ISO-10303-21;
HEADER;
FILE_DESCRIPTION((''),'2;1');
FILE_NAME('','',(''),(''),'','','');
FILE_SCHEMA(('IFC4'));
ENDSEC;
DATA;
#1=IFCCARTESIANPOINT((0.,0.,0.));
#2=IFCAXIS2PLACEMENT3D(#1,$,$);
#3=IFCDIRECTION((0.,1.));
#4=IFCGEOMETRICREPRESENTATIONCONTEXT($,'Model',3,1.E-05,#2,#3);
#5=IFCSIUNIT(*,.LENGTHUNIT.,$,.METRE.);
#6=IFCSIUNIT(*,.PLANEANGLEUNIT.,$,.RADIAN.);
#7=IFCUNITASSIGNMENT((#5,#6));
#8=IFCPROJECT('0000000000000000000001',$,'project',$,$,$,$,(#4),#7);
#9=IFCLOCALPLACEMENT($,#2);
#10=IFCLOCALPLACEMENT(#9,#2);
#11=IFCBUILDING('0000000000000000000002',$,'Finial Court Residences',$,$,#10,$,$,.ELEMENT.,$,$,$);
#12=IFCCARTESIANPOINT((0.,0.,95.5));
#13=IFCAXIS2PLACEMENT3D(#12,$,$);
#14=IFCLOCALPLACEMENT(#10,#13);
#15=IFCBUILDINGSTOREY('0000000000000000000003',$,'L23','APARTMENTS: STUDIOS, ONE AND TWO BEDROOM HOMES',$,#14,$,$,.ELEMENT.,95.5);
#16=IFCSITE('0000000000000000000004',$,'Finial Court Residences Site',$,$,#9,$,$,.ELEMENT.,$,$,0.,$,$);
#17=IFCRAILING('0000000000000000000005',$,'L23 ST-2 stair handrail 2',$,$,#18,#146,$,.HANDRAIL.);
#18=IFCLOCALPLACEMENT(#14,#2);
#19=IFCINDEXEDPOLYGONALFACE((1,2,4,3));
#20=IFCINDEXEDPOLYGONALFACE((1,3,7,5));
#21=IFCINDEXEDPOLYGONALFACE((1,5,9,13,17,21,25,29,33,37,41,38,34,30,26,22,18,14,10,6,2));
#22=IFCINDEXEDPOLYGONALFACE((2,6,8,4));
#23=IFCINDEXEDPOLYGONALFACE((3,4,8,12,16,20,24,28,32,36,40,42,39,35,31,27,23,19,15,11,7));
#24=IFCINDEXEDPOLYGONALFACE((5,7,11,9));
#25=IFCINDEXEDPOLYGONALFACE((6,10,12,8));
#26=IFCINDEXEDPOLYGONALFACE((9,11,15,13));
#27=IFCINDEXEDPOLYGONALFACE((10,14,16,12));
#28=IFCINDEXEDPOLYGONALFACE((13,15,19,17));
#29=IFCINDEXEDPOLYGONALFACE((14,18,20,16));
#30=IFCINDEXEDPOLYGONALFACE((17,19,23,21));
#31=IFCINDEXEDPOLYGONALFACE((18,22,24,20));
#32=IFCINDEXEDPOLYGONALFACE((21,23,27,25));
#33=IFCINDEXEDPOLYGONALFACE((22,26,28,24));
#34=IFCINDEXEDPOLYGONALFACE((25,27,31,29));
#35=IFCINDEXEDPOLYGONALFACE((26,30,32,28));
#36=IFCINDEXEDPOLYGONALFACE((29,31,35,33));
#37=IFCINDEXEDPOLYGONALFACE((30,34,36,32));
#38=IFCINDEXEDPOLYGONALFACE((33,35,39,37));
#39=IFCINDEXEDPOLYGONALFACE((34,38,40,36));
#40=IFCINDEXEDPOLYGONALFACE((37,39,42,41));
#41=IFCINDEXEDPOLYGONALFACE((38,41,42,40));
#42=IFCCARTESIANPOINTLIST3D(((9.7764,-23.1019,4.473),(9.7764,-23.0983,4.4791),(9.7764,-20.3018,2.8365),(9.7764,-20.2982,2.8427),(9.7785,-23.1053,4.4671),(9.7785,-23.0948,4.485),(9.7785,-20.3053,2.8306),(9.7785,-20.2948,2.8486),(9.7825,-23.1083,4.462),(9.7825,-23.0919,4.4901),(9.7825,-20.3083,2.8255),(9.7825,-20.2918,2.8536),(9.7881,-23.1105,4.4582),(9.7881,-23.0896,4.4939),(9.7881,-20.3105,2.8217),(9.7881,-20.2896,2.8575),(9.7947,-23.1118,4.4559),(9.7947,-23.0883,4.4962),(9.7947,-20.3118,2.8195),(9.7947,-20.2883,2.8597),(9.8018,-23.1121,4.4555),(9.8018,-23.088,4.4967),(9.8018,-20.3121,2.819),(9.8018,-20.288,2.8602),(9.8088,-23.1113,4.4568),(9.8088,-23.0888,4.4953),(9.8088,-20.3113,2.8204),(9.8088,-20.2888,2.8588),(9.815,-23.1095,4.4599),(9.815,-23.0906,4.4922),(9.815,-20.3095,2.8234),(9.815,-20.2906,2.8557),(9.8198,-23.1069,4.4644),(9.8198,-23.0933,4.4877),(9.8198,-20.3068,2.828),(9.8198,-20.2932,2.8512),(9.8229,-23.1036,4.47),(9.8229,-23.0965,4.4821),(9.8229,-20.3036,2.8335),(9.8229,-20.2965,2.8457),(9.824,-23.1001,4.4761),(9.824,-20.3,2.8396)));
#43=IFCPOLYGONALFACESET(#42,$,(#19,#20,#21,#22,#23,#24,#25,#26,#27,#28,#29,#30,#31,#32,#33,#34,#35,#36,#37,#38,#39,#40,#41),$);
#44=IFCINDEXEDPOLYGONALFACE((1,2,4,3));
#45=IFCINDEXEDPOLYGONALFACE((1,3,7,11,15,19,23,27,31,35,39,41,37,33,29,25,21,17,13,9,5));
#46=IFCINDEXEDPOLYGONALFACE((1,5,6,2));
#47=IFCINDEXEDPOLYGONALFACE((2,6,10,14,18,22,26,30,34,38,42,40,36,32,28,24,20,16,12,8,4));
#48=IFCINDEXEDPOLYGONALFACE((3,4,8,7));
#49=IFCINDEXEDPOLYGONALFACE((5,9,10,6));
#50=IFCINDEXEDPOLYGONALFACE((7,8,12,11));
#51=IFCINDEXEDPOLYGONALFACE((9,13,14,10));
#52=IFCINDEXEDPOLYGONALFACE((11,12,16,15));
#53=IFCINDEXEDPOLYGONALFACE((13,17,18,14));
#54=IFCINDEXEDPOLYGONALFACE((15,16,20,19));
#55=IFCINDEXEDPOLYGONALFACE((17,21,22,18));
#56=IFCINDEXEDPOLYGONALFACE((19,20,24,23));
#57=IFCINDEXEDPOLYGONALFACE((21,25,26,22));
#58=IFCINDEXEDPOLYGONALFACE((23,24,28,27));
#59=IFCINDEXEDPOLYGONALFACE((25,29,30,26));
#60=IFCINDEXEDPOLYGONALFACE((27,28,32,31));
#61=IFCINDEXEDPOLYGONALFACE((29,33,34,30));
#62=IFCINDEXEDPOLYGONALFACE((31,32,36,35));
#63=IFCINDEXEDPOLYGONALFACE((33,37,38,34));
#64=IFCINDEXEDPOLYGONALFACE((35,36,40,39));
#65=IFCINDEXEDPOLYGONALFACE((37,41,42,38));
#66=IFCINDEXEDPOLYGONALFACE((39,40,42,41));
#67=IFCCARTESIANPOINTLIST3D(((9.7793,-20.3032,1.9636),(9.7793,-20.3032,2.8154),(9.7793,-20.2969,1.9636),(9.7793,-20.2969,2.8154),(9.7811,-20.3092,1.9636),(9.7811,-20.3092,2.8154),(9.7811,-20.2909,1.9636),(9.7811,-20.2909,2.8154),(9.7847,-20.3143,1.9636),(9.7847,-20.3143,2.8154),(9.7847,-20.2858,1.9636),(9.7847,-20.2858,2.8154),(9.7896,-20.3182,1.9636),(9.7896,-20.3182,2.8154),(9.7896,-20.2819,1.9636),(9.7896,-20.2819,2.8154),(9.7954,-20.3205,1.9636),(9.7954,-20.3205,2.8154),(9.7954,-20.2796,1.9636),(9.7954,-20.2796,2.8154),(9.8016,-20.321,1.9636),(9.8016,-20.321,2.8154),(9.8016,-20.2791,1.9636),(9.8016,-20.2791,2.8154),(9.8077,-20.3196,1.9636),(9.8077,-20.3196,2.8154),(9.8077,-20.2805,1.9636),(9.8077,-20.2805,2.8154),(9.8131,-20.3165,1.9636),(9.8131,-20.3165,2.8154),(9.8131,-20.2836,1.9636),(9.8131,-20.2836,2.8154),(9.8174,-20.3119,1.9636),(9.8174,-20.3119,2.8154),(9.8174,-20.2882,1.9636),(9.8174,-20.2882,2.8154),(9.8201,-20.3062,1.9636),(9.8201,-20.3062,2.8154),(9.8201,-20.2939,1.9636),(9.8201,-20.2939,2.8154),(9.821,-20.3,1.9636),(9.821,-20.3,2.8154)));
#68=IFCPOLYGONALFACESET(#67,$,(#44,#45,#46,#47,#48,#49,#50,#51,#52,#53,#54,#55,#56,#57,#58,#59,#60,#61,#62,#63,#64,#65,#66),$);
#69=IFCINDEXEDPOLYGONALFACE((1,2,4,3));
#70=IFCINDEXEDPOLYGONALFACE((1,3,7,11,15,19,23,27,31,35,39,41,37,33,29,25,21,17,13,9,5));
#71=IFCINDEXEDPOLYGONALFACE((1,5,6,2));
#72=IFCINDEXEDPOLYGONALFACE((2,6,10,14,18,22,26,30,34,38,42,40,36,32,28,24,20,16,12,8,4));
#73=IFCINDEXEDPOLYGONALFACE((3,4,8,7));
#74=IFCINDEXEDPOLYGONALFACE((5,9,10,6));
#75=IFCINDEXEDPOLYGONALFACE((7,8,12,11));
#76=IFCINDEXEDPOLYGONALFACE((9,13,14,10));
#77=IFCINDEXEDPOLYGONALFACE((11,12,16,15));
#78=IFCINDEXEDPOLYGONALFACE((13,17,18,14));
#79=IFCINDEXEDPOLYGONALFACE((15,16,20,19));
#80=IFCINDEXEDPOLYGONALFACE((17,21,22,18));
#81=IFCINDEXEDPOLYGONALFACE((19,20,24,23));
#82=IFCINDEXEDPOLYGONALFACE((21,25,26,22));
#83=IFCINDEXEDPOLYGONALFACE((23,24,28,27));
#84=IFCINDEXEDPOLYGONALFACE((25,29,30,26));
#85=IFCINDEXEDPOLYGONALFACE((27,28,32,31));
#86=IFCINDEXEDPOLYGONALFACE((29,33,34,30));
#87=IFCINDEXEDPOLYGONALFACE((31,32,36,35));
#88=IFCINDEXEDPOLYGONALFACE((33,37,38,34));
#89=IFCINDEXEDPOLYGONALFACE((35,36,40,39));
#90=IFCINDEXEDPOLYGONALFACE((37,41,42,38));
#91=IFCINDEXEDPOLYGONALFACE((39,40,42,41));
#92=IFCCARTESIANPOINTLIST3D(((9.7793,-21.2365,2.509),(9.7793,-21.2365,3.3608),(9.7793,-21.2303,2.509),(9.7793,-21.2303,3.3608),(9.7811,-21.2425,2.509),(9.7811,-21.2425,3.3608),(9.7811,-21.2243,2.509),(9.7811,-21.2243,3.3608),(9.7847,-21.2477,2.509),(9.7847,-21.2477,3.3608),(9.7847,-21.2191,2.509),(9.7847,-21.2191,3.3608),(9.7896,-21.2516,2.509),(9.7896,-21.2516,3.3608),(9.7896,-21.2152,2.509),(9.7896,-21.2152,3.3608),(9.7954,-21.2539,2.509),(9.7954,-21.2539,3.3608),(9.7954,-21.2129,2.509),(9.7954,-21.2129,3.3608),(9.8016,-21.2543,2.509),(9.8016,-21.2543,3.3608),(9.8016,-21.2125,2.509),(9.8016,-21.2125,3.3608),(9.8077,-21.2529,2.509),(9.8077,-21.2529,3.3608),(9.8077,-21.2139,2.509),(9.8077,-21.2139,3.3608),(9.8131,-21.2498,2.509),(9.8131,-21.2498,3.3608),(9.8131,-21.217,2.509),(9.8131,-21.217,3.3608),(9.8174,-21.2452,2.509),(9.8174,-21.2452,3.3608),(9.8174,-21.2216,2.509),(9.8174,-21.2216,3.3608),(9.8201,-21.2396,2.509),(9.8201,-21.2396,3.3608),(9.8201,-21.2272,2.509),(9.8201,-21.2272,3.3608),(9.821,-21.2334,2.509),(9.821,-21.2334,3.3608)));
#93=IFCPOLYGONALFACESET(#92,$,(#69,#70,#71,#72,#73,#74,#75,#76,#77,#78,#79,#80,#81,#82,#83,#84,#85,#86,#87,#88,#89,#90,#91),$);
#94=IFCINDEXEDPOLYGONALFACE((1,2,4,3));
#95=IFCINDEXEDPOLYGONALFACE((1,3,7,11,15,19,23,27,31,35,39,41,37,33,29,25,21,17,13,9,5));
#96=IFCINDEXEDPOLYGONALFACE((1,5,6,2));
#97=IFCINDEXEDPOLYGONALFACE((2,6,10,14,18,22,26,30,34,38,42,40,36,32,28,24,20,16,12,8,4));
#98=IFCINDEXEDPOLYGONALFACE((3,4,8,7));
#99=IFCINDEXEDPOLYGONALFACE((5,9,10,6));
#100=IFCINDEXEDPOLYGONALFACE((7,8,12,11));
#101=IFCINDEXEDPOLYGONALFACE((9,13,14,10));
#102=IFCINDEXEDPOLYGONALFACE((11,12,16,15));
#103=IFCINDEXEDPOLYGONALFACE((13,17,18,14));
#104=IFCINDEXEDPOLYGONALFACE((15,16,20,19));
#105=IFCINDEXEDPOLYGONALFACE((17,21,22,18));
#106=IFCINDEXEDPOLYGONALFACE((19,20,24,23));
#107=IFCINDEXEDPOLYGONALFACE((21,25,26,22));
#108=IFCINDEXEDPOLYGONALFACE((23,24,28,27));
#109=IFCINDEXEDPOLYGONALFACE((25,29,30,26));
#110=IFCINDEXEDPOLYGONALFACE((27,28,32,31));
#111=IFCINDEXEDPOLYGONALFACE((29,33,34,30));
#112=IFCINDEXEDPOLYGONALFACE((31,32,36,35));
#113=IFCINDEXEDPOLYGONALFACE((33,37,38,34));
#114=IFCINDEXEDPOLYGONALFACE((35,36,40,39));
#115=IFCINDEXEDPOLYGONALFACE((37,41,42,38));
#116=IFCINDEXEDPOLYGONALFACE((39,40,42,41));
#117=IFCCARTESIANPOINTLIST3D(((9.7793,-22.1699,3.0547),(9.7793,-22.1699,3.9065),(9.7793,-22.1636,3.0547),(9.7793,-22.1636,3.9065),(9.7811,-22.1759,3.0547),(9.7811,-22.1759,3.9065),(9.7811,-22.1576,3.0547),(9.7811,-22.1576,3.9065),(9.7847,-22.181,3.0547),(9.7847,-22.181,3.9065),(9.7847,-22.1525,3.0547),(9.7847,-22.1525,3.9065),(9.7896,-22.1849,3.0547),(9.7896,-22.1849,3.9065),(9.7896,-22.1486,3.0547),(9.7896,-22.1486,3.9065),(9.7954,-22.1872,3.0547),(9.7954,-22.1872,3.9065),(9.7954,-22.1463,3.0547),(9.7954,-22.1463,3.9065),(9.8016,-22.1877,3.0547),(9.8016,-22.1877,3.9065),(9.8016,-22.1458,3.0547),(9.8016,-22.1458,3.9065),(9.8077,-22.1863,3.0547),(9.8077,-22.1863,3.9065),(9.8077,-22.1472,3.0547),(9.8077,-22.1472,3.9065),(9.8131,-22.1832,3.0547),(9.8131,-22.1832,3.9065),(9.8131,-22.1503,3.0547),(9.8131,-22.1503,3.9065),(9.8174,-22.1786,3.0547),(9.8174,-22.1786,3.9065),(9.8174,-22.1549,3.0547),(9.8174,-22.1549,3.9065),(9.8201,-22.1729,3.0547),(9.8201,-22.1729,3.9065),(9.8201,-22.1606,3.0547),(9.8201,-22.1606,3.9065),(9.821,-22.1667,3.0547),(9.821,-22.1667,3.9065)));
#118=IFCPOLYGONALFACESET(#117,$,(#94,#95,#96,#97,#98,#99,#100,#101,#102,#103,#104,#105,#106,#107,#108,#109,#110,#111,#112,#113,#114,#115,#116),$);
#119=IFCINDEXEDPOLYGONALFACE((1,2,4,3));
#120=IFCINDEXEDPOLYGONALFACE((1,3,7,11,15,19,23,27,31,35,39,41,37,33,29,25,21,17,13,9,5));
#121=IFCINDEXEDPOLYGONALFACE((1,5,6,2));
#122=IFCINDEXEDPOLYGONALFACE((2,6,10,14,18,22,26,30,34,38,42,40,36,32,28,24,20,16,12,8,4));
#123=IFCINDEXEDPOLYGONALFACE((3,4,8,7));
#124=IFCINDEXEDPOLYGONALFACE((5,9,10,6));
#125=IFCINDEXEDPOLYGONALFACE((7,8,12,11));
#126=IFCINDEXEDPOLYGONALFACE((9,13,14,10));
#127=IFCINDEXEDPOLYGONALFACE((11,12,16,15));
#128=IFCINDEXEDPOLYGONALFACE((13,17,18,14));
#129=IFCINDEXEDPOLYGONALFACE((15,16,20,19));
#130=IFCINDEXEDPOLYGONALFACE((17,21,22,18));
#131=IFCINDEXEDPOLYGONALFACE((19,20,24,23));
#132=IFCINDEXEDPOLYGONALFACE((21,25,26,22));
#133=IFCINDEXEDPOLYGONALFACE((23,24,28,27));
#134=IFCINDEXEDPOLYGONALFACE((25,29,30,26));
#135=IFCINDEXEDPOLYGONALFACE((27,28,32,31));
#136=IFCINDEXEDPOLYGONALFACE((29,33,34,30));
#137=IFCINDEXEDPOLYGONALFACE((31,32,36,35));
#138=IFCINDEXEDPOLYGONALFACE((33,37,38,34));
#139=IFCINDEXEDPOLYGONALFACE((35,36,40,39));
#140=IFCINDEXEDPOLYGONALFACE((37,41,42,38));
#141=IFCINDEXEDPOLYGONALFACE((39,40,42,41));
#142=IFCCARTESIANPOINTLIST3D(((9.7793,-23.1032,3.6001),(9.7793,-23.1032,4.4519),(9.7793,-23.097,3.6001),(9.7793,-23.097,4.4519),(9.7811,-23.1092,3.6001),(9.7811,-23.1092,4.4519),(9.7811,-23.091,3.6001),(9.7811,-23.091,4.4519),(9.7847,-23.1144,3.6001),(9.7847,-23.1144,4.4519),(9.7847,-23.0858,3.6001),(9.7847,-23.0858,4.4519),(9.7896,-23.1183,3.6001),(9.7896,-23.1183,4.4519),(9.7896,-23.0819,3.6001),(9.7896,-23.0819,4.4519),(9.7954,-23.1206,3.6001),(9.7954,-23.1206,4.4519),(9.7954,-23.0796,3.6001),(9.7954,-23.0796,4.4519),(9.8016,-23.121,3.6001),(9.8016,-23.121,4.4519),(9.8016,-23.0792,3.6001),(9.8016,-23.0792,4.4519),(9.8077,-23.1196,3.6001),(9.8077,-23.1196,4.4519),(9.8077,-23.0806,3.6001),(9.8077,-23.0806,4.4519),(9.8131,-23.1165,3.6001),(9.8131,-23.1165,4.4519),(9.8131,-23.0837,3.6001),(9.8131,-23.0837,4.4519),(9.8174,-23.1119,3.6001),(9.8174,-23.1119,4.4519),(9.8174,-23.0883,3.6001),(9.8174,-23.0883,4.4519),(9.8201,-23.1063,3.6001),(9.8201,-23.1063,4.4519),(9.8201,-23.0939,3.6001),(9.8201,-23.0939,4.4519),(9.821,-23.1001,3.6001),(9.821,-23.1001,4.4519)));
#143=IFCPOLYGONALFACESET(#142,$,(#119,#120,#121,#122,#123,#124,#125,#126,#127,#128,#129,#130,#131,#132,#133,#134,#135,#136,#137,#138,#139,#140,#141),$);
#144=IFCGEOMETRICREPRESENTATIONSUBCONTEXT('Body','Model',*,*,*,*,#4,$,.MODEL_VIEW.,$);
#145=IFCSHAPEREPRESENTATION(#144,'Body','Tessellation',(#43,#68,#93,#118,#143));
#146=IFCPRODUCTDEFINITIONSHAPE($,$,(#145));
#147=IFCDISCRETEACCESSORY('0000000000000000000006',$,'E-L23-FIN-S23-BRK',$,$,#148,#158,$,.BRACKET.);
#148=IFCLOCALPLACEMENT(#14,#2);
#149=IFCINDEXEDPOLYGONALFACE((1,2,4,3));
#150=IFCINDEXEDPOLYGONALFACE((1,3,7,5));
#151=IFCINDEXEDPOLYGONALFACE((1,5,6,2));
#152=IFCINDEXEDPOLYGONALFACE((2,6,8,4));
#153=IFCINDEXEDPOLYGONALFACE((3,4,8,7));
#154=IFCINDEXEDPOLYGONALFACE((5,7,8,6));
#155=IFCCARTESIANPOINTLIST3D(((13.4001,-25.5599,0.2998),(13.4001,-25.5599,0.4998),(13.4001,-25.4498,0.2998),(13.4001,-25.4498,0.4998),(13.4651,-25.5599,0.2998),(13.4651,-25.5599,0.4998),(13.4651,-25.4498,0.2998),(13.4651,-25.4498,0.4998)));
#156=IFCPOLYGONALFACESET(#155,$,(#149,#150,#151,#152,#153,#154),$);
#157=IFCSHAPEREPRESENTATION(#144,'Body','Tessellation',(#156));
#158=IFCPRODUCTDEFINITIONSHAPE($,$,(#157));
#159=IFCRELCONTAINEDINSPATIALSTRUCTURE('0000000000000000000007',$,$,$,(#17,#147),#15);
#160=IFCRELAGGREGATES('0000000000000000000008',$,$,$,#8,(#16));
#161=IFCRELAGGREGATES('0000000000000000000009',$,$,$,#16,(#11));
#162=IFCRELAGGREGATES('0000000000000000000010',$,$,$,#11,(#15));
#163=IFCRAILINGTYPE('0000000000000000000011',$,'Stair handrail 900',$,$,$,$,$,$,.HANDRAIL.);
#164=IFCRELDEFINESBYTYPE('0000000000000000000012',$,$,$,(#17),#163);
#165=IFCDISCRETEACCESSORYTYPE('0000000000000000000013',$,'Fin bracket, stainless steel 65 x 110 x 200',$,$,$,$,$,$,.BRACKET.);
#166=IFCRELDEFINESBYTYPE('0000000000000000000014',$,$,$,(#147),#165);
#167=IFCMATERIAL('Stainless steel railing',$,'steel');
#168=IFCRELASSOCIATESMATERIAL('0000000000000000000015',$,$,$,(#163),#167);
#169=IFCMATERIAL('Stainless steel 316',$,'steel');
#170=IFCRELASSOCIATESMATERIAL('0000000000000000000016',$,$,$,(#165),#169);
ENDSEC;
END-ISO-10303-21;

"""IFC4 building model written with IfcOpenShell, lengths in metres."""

from ifc_helpers import new_model, si_unit, direction, frame, origin, origin_2d, place, context, subcontext, project, spatial, rectangle, circle, extrude, material, type_object, element, save


model = new_model("IFC4")

# Units and contexts
model_context = context("Model", 3, precision=1e-05, world=origin(), true_north=direction((0.0, 1.0)))
body_context = subcontext(model_context, "Body", "Model", "MODEL_VIEW")
ifc_project = project(units=[si_unit("LENGTHUNIT", "METRE"), si_unit("PLANEANGLEUNIT", "RADIAN")], contexts=[model_context])

# Site, building, storey
site_placement = place(None, origin())
site = spatial("IfcSite", under=ifc_project, at=site_placement, Name="Finial Court Residences Site", CompositionType="ELEMENT", RefElevation=0.0)
building_placement = place(site_placement, origin())
building = spatial("IfcBuilding", under=site, at=building_placement, Name="Finial Court Residences", CompositionType="ELEMENT")
storey_placement = place(building_placement, frame((0.0, 0.0, 95.5)))
storey = spatial("IfcBuildingStorey", under=building, at=storey_placement, Name="L23", Description="APARTMENTS: STUDIOS, ONE AND TWO BEDROOM HOMES", CompositionType="ELEMENT", Elevation=95.5)

# Railing
ifc_material_1 = material(Name="Stainless steel railing", Category="steel")
railing_type_1 = type_object("IfcRailingType", Name="Stair handrail 900", PredefinedType="HANDRAIL", material=ifc_material_1)
railing_1_placement = place(storey_placement, frame((9.8, -20.3, 1.9636)))
element("IfcRailing", 1, at=railing_1_placement, inside=storey, type_object=railing_type_1, Name="L23 ST-2 stair handrail 2", PredefinedType="HANDRAIL", context=body_context, shape_type="SweptSolid", body=[
    extrude(circle(Radius=0.0239, at=origin_2d()), frame((0.0, 0.0, 0.876), z_axis=(0.0, -0.863361, 0.504587), x_axis=(1.0, 0.0, 0.0)), (0.0, 0.0, 1.0), 3.2432),
    extrude(circle(Radius=0.021, at=origin_2d()), origin(), (0.0, 0.0, 1.0), 0.8518),
    extrude(circle(Radius=0.021, at=origin_2d()), frame((0.0, -0.9333, 0.5454)), (0.0, 0.0, 1.0), 0.8518),
    extrude(circle(Radius=0.021, at=origin_2d()), frame((0.0, -1.8667, 1.0911)), (0.0, 0.0, 1.0), 0.8518),
    extrude(circle(Radius=0.021, at=origin_2d()), frame((0.0, -2.8, 1.6365)), (0.0, 0.0, 1.0), 0.8518),
])

# Discrete accessory
ifc_material_2 = material(Name="Stainless steel 316", Category="steel")
discrete_accessory_type = type_object("IfcDiscreteAccessoryType", Name="Fin bracket, stainless steel 65 x 110 x 200", PredefinedType="BRACKET", material=ifc_material_2)
discrete_accessory_placement = place(storey_placement, frame((13.4326, -25.5049, 0.2998), z_axis=(0.0, 0.0, 1.0), x_axis=(1.0, 0.0, 0.0)))
element("IfcDiscreteAccessory", 2, at=discrete_accessory_placement, inside=storey, type_object=discrete_accessory_type, Name="E-L23-FIN-S23-BRK", PredefinedType="BRACKET", context=body_context, shape_type="SweptSolid", body=[
    extrude(rectangle(XDim=0.0649, YDim=0.1101, at=origin_2d()), origin(), (0.0, 0.0, 1.0), 0.2),
])

save(model, "model.ifc")
